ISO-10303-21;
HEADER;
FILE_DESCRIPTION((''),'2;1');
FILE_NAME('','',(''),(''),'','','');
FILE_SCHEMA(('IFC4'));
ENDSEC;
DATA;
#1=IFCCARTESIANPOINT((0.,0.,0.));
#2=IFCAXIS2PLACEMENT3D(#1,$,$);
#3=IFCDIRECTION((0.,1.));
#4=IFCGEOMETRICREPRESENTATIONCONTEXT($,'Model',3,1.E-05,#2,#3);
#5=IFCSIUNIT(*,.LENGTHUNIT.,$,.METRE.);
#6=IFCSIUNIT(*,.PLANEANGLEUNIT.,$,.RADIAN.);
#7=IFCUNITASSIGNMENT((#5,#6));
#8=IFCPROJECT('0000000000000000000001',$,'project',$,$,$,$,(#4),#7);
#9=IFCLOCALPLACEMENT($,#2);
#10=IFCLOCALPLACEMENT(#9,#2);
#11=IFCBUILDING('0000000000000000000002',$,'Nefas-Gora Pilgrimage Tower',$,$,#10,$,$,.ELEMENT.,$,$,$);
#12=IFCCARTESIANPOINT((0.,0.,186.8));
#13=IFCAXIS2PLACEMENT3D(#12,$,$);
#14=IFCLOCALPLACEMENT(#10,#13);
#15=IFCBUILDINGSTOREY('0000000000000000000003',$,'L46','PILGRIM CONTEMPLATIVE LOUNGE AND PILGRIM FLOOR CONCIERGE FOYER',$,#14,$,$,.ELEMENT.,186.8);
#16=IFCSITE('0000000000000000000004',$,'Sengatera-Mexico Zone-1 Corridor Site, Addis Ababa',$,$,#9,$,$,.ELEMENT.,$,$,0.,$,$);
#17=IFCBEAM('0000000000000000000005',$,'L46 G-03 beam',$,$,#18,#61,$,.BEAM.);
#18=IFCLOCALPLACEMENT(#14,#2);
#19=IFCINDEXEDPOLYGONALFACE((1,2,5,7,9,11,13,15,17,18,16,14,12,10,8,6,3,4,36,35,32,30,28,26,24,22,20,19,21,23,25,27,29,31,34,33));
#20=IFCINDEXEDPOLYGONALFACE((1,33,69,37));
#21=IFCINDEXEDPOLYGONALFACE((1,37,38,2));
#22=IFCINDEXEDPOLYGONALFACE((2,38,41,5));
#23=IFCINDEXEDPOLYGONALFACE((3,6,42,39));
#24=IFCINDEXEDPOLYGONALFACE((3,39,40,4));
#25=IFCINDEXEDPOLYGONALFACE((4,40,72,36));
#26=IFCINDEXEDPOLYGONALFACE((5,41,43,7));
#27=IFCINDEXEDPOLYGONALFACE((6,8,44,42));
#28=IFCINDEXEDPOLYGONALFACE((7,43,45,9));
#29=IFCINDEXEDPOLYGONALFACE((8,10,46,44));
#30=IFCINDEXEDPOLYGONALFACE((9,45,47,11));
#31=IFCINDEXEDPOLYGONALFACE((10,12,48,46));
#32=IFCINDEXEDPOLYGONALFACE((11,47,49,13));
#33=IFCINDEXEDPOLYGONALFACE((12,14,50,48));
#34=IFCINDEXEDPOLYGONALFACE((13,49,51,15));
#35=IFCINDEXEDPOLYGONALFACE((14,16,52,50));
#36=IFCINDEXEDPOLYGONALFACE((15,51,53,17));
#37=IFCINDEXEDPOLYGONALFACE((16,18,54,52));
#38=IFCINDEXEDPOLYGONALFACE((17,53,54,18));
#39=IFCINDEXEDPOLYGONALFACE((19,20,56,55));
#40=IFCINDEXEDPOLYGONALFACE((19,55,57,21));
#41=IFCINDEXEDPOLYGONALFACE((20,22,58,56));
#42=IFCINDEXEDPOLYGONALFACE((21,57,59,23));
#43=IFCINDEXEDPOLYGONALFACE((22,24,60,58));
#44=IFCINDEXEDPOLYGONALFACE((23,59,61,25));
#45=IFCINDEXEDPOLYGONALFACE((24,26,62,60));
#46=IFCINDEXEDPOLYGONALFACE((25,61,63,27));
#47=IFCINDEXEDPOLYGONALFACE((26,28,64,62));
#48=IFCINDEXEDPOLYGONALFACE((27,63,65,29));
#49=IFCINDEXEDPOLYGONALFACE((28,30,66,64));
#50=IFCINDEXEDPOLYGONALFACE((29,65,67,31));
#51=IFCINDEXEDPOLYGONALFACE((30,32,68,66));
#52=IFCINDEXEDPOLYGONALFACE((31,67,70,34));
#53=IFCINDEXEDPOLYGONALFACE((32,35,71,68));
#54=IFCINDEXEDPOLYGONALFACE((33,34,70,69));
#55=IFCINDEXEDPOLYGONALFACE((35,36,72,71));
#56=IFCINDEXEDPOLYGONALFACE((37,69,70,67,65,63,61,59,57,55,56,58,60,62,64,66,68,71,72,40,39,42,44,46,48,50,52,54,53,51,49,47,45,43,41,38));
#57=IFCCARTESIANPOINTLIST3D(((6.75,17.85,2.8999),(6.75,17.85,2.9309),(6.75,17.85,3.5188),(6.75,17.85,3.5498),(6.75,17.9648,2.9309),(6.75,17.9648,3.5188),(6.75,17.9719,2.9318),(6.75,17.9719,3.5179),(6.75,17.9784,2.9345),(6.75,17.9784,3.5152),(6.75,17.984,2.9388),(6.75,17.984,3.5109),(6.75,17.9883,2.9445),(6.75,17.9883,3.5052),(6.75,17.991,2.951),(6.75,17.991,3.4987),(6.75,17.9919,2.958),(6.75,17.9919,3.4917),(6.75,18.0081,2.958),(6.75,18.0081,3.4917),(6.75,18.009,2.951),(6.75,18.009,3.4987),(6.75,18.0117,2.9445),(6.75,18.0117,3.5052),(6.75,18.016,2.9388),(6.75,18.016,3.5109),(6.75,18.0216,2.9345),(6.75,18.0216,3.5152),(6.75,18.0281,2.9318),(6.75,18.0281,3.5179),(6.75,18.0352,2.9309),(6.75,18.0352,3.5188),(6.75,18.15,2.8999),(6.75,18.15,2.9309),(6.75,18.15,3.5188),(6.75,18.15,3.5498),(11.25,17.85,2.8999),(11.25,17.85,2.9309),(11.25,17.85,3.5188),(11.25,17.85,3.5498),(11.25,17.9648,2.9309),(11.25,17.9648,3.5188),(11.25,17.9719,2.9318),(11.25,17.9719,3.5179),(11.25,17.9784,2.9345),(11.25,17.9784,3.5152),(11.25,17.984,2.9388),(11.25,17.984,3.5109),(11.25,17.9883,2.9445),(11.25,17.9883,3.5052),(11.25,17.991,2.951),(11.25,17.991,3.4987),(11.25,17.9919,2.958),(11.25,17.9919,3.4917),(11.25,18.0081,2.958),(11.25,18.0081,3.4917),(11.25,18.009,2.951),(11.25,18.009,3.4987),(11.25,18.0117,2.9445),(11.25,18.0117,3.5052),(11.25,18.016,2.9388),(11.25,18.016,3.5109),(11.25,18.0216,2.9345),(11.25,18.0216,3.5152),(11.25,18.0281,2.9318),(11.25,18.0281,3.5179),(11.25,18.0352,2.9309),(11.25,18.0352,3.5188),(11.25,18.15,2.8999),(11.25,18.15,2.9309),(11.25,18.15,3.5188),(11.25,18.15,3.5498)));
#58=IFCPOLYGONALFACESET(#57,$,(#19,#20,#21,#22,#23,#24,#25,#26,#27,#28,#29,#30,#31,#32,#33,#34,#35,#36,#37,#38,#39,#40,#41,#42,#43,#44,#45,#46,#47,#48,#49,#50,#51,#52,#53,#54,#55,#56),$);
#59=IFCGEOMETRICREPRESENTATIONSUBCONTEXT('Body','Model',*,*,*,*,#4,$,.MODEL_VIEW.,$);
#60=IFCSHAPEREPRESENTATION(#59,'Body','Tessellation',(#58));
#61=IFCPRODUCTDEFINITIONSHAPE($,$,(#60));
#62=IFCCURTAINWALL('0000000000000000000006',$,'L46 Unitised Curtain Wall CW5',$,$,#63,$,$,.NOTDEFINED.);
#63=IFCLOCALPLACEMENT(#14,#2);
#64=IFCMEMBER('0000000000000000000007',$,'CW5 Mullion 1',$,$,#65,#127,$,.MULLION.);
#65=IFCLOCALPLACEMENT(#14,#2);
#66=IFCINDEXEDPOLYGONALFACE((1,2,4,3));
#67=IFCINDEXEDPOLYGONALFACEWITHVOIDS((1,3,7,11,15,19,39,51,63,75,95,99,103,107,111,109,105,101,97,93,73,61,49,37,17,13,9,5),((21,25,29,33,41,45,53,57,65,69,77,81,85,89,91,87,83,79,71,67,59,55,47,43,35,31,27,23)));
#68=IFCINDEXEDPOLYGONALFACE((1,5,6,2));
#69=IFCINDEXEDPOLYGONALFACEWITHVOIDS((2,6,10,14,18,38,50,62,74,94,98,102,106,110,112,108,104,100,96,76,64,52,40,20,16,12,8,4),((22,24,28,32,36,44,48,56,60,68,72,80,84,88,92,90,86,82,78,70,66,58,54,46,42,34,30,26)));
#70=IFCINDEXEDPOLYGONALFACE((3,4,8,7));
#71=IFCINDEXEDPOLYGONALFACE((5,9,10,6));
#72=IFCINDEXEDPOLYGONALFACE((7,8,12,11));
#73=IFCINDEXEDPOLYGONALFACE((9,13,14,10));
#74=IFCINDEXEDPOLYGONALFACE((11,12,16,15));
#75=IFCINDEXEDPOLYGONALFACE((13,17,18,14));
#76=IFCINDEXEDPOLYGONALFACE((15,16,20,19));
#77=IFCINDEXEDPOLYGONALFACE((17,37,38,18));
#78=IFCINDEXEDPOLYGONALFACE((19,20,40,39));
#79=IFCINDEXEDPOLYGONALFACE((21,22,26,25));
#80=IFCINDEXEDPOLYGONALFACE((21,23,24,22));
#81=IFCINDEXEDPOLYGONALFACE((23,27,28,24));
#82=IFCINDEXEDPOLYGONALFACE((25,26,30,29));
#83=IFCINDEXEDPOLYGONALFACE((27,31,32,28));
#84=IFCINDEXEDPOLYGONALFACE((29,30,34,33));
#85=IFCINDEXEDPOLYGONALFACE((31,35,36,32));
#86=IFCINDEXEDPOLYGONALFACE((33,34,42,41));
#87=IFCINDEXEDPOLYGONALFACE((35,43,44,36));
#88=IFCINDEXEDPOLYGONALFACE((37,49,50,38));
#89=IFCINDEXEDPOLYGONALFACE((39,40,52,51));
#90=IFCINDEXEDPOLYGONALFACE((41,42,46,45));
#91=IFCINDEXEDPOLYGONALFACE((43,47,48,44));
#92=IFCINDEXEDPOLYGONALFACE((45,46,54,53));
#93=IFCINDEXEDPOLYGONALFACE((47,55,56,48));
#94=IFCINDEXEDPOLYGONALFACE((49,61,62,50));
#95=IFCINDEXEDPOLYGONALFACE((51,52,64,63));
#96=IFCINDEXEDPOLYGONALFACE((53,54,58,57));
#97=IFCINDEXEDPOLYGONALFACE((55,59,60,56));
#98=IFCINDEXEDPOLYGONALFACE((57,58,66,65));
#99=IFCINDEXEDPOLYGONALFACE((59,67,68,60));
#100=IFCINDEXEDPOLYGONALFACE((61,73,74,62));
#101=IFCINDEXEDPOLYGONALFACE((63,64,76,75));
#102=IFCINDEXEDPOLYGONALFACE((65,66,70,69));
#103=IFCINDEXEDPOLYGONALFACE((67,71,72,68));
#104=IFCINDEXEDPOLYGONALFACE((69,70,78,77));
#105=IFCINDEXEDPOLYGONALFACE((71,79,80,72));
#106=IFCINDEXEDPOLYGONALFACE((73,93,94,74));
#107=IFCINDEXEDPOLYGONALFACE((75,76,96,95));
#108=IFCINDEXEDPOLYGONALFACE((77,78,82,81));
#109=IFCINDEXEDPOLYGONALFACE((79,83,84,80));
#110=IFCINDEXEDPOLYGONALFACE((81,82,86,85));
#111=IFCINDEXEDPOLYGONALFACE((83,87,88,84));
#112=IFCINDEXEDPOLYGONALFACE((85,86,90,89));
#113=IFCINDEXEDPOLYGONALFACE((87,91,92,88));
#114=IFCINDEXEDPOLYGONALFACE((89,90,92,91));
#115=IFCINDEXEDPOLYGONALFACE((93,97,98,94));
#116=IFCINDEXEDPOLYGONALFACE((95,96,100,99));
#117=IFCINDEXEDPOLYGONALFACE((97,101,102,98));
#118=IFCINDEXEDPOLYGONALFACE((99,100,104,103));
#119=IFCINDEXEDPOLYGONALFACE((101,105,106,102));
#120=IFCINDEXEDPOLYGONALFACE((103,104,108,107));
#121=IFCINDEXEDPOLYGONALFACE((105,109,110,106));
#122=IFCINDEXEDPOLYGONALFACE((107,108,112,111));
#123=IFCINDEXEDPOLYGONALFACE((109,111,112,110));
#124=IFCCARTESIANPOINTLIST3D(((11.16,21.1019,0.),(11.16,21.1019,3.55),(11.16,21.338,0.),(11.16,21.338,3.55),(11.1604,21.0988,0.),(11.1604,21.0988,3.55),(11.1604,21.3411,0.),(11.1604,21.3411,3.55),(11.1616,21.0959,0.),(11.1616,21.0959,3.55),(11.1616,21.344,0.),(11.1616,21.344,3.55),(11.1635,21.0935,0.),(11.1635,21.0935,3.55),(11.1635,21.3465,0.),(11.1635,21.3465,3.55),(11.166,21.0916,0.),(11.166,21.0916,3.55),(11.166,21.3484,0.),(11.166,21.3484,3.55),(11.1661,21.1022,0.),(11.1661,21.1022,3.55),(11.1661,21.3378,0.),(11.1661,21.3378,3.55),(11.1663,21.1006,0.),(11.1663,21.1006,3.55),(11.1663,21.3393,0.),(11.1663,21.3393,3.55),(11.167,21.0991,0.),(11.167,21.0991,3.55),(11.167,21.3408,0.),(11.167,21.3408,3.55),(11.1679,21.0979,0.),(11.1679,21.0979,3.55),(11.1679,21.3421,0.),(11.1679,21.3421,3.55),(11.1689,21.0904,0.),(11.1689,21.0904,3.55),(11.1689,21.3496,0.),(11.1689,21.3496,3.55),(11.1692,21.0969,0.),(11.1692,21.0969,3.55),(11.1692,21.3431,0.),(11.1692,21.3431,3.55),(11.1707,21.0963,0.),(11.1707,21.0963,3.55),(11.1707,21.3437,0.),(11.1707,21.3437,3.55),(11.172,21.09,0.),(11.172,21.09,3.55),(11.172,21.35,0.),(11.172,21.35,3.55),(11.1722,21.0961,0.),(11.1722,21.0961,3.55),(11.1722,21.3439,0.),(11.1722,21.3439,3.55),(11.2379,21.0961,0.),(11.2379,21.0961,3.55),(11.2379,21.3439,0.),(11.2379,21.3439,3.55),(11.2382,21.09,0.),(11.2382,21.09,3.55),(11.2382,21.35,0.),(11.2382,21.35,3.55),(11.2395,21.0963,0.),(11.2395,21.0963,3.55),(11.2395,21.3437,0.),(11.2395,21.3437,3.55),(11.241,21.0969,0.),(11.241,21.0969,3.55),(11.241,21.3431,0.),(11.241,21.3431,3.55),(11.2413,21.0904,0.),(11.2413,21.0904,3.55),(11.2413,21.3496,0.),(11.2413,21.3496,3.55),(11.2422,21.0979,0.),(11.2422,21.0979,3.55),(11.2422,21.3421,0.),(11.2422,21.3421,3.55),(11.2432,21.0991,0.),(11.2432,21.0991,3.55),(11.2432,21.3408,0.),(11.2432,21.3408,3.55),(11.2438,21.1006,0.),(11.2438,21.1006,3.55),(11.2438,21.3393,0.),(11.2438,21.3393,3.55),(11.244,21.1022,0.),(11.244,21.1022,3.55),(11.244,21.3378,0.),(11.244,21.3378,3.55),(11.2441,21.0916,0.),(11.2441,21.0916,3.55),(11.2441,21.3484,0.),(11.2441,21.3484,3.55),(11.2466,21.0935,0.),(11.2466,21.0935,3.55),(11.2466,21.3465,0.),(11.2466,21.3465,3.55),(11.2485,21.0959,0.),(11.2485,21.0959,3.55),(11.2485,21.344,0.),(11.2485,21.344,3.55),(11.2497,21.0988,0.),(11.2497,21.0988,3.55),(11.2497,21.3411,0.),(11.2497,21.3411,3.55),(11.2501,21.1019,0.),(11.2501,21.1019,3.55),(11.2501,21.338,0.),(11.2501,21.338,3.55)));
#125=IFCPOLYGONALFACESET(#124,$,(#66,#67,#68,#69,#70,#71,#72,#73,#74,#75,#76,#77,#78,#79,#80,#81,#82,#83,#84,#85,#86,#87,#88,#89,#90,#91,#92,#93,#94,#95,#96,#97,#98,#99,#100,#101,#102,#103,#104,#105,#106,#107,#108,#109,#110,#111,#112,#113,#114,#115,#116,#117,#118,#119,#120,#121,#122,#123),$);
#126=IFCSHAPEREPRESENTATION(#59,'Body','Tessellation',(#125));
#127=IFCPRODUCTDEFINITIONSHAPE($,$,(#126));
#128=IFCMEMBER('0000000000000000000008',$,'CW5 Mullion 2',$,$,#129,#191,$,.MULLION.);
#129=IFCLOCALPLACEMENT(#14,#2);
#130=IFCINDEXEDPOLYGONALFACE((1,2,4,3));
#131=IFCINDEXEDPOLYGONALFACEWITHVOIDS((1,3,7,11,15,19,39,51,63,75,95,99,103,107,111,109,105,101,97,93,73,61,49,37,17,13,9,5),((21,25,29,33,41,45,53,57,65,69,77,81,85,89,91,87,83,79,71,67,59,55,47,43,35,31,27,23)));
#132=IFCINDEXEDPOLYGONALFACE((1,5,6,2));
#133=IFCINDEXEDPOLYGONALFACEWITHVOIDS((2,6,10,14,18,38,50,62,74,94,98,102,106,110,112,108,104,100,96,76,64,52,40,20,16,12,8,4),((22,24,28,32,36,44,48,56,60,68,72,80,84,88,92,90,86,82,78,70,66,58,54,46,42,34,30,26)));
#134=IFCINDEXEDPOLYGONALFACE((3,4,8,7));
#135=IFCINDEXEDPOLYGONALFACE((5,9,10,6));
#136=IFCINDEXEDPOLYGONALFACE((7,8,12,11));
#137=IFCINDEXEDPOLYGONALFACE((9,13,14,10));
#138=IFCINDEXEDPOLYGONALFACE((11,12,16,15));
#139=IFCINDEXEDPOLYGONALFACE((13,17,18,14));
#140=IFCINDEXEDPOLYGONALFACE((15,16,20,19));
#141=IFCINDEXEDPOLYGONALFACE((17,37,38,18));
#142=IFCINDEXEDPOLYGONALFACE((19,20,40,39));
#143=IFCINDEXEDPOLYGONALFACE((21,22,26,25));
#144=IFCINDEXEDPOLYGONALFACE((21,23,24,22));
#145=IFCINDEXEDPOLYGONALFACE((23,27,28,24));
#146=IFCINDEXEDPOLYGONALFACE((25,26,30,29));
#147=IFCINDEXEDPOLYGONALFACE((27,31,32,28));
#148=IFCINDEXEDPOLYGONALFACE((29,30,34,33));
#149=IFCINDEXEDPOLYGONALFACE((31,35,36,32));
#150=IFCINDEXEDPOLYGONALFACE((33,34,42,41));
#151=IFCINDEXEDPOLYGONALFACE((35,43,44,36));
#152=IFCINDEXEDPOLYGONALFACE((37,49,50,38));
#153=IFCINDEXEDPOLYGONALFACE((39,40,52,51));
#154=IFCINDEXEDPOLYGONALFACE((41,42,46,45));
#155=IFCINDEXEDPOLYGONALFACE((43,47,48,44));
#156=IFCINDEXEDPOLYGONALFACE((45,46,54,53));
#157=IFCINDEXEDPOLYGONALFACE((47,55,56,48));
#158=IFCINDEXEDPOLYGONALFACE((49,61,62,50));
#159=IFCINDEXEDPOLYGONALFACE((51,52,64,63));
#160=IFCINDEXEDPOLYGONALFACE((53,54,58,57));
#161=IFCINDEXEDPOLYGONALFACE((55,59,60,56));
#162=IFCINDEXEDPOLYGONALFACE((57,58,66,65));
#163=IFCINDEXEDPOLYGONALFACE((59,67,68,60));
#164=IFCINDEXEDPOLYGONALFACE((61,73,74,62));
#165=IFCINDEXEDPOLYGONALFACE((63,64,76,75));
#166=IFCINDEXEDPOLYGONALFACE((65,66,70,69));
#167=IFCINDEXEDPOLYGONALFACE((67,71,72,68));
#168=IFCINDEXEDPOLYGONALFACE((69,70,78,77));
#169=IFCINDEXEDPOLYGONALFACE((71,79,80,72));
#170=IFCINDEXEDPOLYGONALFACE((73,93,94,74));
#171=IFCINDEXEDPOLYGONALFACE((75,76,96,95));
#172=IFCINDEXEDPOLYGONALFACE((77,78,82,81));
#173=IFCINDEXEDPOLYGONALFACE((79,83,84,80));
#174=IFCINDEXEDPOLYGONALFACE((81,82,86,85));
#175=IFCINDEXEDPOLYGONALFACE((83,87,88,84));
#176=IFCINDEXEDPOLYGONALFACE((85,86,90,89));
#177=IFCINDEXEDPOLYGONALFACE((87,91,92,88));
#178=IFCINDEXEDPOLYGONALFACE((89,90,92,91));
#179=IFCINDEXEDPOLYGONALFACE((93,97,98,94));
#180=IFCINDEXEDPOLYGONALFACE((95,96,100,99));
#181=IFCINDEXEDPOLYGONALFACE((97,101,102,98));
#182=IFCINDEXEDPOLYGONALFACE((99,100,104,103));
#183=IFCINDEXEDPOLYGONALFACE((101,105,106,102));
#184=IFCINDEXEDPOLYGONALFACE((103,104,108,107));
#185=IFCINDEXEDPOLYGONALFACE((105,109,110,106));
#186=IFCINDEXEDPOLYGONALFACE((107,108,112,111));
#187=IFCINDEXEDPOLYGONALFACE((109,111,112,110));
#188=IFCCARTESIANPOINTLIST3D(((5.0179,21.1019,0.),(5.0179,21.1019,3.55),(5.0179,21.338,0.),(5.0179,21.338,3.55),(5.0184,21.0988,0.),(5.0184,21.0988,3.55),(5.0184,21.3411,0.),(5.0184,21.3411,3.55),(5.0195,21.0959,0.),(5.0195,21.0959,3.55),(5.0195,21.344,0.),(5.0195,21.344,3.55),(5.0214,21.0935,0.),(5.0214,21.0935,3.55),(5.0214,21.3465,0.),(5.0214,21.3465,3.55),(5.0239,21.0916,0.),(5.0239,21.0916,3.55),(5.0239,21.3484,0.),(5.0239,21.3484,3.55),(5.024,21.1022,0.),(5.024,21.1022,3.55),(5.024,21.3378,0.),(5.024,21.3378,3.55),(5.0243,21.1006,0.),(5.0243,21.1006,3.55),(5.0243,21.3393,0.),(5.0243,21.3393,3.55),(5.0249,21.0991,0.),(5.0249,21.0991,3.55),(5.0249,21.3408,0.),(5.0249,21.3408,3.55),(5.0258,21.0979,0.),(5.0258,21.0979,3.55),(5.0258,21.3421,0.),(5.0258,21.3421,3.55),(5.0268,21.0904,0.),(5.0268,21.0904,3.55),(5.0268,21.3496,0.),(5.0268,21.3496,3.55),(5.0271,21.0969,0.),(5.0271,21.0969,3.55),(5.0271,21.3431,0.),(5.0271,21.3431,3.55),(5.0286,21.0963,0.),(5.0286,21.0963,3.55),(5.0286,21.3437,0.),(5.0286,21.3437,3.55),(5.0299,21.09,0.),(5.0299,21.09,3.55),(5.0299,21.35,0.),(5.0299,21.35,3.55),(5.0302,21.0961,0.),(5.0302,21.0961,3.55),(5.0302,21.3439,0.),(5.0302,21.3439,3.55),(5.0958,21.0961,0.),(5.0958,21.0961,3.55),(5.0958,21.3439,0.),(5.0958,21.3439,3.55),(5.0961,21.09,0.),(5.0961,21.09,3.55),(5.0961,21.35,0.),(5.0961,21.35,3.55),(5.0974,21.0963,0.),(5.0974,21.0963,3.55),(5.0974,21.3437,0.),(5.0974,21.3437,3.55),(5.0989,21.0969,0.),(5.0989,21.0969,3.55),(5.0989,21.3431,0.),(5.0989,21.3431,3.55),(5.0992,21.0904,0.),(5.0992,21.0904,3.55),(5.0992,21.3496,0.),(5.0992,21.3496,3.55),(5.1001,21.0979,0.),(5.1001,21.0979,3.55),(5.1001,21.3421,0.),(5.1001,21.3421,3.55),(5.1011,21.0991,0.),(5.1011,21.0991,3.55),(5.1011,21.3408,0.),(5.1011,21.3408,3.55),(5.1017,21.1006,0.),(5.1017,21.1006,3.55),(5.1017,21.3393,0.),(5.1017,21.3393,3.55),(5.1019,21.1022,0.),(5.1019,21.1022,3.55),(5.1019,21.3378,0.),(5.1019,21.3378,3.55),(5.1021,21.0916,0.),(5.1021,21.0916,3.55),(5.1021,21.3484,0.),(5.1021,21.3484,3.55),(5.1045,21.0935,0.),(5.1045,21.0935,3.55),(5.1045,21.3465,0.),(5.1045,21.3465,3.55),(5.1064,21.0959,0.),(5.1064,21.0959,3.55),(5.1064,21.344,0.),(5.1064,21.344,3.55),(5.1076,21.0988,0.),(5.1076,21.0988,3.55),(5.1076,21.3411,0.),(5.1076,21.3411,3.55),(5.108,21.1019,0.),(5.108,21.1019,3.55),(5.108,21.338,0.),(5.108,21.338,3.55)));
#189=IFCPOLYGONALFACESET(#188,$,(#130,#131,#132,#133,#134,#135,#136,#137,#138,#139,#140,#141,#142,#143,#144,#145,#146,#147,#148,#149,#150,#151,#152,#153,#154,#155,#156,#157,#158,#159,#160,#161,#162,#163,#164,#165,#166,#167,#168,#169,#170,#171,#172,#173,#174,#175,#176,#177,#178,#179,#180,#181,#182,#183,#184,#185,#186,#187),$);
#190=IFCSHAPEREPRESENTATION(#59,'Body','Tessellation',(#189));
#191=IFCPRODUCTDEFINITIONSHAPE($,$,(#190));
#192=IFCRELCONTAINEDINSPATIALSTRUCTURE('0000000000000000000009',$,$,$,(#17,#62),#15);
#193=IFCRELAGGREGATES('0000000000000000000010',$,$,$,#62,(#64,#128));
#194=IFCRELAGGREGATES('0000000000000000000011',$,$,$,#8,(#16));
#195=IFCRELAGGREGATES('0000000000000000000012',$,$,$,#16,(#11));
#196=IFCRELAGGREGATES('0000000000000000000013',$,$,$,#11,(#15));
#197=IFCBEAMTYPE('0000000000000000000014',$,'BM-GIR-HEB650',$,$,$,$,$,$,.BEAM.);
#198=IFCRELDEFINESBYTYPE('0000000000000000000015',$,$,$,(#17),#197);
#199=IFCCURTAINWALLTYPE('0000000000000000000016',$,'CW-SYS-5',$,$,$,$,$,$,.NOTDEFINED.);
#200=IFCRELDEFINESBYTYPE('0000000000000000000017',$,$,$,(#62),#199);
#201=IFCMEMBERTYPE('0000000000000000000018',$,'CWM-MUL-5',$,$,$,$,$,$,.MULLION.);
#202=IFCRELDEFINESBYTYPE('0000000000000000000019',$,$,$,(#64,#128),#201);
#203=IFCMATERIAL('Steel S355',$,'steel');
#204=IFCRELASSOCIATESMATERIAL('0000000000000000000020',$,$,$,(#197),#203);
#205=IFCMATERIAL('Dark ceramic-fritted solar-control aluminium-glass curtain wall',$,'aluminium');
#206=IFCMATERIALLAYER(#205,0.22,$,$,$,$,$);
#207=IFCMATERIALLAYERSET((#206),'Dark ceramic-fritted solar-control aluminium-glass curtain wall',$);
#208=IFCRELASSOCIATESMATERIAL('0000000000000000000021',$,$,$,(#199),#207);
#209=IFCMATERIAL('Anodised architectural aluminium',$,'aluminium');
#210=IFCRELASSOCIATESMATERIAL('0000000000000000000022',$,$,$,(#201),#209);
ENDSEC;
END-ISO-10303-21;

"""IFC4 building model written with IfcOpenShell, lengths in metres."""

from ifc_helpers import new_model, si_unit, direction, frame, origin, origin_2d, place, context, subcontext, project, spatial, hollow_rectangle, i_section, extrude, source, transform, mapped, material, layer, layer_set, material_profile, profile_set, type_object, element, aggregate, save


model = new_model("IFC4")

# Units and contexts
model_context = context("Model", 3, precision=1e-05, world=origin(), true_north=direction((0.0, 1.0)))
body_context = subcontext(model_context, "Body", "Model", "MODEL_VIEW")
ifc_project = project(units=[si_unit("LENGTHUNIT", "METRE"), si_unit("PLANEANGLEUNIT", "RADIAN")], contexts=[model_context])

# Site, building, storey
site_placement = place(None, origin())
site = spatial("IfcSite", under=ifc_project, at=site_placement, Name="Sengatera-Mexico Zone-1 Corridor Site, Addis Ababa", CompositionType="ELEMENT", RefElevation=0.0)
building_placement = place(site_placement, origin())
building = spatial("IfcBuilding", under=site, at=building_placement, Name="Nefas-Gora Pilgrimage Tower", CompositionType="ELEMENT")
storey_placement = place(building_placement, frame((0.0, 0.0, 186.8)))
storey = spatial("IfcBuildingStorey", under=building, at=storey_placement, Name="L46", Description="PILGRIM CONTEMPLATIVE LOUNGE AND PILGRIM FLOOR CONCIERGE FOYER", CompositionType="ELEMENT", Elevation=186.8)

# Beam
ifc_material_1 = material(Name="Steel S355", Category="steel")
ifc_material_profile_1 = material_profile(ifc_material_1, i_section(OverallWidth=0.3, OverallDepth=0.6499, WebThickness=0.0161, FlangeThickness=0.031, FilletRadius=0.0271, at=origin_2d()), Name="HEB 650")
ifc_profile_set_1 = profile_set([ifc_material_profile_1], Name="Steel S355")
beam_type = type_object("IfcBeamType", Name="BM-GIR-HEB650", PredefinedType="BEAM", material=ifc_profile_set_1)
shared_shape_1 = source(origin(), body_context, "Body", "SweptSolid", [
    extrude(i_section(OverallWidth=0.3, OverallDepth=0.6499, WebThickness=0.0161, FlangeThickness=0.031, FilletRadius=0.0271, at=origin_2d()), origin(), (0.0, 0.0, 1.0), 4.5),
])
for number, where, z_axis, x_axis, name in (
    (1, (6.75, 18.0, 3.2249), (1.0, 0.0, 0.0), (0.0, 1.0, 0.0), "L46 G-03 beam"),
):
    element("IfcBeam", number, at=place(storey_placement, frame(where, z_axis=z_axis, x_axis=x_axis)), inside=storey, type_object=beam_type, Name=name, PredefinedType="BEAM", context=body_context, shape_type="MappedRepresentation", body=[
        mapped(shared_shape_1, transform((0.0, 0.0, 0.0), x_axis=(1.0, 0.0, 0.0), y_axis=(0.0, 1.0, 0.0), z_axis=(0.0, 0.0, 1.0), scale=1.0)),
    ])

# Curtain wall, members
ifc_material_2 = material(Name="Dark ceramic-fritted solar-control aluminium-glass curtain wall", Category="aluminium")
ifc_layer_1 = layer(ifc_material_2, 0.22)
ifc_layer_set_1 = layer_set([ifc_layer_1], Name="Dark ceramic-fritted solar-control aluminium-glass curtain wall")
curtain_wall_type = type_object("IfcCurtainWallType", Name="CW-SYS-5", PredefinedType="NOTDEFINED", material=ifc_layer_set_1)
curtain_wall_placement = place(storey_placement, origin())
curtain_wall = element("IfcCurtainWall", 2, at=curtain_wall_placement, inside=storey, type_object=curtain_wall_type, Name="L46 Unitised Curtain Wall CW5", PredefinedType="NOTDEFINED")
ifc_material_3 = material(Name="Anodised architectural aluminium", Category="aluminium")
ifc_material_profile_2 = material_profile(ifc_material_3, hollow_rectangle(XDim=0.0901, YDim=0.26, WallThickness=0.0061, InnerFilletRadius=0.0061, OuterFilletRadius=0.012, at=origin_2d()), Name="ALU MULLION 90x260")
ifc_profile_set_2 = profile_set([ifc_material_profile_2], Name="Anodised architectural aluminium")
member_type_1 = type_object("IfcMemberType", Name="CWM-MUL-5", PredefinedType="MULLION", material=ifc_profile_set_2)
shared_shape_2 = source(origin(), body_context, "Body", "SweptSolid", [
    extrude(hollow_rectangle(XDim=0.0901, YDim=0.26, WallThickness=0.0061, InnerFilletRadius=0.0061, OuterFilletRadius=0.012, at=origin_2d()), origin(), (0.0, 0.0, 1.0), 3.55),
])
member_1_placement = place(storey_placement, frame((11.2051, 21.22, 0.0), z_axis=(0.0, 0.0, 1.0), x_axis=(-1.0, 0.0, 0.0)))
member_1 = element("IfcMember", 3, at=member_1_placement, type_object=member_type_1, Name="CW5 Mullion 1", PredefinedType="MULLION", context=body_context, shape_type="MappedRepresentation", body=[
    mapped(shared_shape_2, transform((0.0, 0.0, 0.0), x_axis=(1.0, 0.0, 0.0), y_axis=(0.0, 1.0, 0.0), z_axis=(0.0, 0.0, 1.0), scale=1.0)),
])
member_2_placement = place(storey_placement, frame((5.063, 21.22, 0.0), z_axis=(0.0, 0.0, 1.0), x_axis=(-1.0, 0.0, 0.0)))
member_2 = element("IfcMember", 4, at=member_2_placement, type_object=member_type_1, Name="CW5 Mullion 2", PredefinedType="MULLION", context=body_context, shape_type="MappedRepresentation", body=[
    mapped(shared_shape_2, transform((0.0, 0.0, 0.0), x_axis=(1.0, 0.0, 0.0), y_axis=(0.0, 1.0, 0.0), z_axis=(0.0, 0.0, 1.0), scale=1.0)),
])
aggregate(curtain_wall, [member_1, member_2])

save(model, "model.ifc")
